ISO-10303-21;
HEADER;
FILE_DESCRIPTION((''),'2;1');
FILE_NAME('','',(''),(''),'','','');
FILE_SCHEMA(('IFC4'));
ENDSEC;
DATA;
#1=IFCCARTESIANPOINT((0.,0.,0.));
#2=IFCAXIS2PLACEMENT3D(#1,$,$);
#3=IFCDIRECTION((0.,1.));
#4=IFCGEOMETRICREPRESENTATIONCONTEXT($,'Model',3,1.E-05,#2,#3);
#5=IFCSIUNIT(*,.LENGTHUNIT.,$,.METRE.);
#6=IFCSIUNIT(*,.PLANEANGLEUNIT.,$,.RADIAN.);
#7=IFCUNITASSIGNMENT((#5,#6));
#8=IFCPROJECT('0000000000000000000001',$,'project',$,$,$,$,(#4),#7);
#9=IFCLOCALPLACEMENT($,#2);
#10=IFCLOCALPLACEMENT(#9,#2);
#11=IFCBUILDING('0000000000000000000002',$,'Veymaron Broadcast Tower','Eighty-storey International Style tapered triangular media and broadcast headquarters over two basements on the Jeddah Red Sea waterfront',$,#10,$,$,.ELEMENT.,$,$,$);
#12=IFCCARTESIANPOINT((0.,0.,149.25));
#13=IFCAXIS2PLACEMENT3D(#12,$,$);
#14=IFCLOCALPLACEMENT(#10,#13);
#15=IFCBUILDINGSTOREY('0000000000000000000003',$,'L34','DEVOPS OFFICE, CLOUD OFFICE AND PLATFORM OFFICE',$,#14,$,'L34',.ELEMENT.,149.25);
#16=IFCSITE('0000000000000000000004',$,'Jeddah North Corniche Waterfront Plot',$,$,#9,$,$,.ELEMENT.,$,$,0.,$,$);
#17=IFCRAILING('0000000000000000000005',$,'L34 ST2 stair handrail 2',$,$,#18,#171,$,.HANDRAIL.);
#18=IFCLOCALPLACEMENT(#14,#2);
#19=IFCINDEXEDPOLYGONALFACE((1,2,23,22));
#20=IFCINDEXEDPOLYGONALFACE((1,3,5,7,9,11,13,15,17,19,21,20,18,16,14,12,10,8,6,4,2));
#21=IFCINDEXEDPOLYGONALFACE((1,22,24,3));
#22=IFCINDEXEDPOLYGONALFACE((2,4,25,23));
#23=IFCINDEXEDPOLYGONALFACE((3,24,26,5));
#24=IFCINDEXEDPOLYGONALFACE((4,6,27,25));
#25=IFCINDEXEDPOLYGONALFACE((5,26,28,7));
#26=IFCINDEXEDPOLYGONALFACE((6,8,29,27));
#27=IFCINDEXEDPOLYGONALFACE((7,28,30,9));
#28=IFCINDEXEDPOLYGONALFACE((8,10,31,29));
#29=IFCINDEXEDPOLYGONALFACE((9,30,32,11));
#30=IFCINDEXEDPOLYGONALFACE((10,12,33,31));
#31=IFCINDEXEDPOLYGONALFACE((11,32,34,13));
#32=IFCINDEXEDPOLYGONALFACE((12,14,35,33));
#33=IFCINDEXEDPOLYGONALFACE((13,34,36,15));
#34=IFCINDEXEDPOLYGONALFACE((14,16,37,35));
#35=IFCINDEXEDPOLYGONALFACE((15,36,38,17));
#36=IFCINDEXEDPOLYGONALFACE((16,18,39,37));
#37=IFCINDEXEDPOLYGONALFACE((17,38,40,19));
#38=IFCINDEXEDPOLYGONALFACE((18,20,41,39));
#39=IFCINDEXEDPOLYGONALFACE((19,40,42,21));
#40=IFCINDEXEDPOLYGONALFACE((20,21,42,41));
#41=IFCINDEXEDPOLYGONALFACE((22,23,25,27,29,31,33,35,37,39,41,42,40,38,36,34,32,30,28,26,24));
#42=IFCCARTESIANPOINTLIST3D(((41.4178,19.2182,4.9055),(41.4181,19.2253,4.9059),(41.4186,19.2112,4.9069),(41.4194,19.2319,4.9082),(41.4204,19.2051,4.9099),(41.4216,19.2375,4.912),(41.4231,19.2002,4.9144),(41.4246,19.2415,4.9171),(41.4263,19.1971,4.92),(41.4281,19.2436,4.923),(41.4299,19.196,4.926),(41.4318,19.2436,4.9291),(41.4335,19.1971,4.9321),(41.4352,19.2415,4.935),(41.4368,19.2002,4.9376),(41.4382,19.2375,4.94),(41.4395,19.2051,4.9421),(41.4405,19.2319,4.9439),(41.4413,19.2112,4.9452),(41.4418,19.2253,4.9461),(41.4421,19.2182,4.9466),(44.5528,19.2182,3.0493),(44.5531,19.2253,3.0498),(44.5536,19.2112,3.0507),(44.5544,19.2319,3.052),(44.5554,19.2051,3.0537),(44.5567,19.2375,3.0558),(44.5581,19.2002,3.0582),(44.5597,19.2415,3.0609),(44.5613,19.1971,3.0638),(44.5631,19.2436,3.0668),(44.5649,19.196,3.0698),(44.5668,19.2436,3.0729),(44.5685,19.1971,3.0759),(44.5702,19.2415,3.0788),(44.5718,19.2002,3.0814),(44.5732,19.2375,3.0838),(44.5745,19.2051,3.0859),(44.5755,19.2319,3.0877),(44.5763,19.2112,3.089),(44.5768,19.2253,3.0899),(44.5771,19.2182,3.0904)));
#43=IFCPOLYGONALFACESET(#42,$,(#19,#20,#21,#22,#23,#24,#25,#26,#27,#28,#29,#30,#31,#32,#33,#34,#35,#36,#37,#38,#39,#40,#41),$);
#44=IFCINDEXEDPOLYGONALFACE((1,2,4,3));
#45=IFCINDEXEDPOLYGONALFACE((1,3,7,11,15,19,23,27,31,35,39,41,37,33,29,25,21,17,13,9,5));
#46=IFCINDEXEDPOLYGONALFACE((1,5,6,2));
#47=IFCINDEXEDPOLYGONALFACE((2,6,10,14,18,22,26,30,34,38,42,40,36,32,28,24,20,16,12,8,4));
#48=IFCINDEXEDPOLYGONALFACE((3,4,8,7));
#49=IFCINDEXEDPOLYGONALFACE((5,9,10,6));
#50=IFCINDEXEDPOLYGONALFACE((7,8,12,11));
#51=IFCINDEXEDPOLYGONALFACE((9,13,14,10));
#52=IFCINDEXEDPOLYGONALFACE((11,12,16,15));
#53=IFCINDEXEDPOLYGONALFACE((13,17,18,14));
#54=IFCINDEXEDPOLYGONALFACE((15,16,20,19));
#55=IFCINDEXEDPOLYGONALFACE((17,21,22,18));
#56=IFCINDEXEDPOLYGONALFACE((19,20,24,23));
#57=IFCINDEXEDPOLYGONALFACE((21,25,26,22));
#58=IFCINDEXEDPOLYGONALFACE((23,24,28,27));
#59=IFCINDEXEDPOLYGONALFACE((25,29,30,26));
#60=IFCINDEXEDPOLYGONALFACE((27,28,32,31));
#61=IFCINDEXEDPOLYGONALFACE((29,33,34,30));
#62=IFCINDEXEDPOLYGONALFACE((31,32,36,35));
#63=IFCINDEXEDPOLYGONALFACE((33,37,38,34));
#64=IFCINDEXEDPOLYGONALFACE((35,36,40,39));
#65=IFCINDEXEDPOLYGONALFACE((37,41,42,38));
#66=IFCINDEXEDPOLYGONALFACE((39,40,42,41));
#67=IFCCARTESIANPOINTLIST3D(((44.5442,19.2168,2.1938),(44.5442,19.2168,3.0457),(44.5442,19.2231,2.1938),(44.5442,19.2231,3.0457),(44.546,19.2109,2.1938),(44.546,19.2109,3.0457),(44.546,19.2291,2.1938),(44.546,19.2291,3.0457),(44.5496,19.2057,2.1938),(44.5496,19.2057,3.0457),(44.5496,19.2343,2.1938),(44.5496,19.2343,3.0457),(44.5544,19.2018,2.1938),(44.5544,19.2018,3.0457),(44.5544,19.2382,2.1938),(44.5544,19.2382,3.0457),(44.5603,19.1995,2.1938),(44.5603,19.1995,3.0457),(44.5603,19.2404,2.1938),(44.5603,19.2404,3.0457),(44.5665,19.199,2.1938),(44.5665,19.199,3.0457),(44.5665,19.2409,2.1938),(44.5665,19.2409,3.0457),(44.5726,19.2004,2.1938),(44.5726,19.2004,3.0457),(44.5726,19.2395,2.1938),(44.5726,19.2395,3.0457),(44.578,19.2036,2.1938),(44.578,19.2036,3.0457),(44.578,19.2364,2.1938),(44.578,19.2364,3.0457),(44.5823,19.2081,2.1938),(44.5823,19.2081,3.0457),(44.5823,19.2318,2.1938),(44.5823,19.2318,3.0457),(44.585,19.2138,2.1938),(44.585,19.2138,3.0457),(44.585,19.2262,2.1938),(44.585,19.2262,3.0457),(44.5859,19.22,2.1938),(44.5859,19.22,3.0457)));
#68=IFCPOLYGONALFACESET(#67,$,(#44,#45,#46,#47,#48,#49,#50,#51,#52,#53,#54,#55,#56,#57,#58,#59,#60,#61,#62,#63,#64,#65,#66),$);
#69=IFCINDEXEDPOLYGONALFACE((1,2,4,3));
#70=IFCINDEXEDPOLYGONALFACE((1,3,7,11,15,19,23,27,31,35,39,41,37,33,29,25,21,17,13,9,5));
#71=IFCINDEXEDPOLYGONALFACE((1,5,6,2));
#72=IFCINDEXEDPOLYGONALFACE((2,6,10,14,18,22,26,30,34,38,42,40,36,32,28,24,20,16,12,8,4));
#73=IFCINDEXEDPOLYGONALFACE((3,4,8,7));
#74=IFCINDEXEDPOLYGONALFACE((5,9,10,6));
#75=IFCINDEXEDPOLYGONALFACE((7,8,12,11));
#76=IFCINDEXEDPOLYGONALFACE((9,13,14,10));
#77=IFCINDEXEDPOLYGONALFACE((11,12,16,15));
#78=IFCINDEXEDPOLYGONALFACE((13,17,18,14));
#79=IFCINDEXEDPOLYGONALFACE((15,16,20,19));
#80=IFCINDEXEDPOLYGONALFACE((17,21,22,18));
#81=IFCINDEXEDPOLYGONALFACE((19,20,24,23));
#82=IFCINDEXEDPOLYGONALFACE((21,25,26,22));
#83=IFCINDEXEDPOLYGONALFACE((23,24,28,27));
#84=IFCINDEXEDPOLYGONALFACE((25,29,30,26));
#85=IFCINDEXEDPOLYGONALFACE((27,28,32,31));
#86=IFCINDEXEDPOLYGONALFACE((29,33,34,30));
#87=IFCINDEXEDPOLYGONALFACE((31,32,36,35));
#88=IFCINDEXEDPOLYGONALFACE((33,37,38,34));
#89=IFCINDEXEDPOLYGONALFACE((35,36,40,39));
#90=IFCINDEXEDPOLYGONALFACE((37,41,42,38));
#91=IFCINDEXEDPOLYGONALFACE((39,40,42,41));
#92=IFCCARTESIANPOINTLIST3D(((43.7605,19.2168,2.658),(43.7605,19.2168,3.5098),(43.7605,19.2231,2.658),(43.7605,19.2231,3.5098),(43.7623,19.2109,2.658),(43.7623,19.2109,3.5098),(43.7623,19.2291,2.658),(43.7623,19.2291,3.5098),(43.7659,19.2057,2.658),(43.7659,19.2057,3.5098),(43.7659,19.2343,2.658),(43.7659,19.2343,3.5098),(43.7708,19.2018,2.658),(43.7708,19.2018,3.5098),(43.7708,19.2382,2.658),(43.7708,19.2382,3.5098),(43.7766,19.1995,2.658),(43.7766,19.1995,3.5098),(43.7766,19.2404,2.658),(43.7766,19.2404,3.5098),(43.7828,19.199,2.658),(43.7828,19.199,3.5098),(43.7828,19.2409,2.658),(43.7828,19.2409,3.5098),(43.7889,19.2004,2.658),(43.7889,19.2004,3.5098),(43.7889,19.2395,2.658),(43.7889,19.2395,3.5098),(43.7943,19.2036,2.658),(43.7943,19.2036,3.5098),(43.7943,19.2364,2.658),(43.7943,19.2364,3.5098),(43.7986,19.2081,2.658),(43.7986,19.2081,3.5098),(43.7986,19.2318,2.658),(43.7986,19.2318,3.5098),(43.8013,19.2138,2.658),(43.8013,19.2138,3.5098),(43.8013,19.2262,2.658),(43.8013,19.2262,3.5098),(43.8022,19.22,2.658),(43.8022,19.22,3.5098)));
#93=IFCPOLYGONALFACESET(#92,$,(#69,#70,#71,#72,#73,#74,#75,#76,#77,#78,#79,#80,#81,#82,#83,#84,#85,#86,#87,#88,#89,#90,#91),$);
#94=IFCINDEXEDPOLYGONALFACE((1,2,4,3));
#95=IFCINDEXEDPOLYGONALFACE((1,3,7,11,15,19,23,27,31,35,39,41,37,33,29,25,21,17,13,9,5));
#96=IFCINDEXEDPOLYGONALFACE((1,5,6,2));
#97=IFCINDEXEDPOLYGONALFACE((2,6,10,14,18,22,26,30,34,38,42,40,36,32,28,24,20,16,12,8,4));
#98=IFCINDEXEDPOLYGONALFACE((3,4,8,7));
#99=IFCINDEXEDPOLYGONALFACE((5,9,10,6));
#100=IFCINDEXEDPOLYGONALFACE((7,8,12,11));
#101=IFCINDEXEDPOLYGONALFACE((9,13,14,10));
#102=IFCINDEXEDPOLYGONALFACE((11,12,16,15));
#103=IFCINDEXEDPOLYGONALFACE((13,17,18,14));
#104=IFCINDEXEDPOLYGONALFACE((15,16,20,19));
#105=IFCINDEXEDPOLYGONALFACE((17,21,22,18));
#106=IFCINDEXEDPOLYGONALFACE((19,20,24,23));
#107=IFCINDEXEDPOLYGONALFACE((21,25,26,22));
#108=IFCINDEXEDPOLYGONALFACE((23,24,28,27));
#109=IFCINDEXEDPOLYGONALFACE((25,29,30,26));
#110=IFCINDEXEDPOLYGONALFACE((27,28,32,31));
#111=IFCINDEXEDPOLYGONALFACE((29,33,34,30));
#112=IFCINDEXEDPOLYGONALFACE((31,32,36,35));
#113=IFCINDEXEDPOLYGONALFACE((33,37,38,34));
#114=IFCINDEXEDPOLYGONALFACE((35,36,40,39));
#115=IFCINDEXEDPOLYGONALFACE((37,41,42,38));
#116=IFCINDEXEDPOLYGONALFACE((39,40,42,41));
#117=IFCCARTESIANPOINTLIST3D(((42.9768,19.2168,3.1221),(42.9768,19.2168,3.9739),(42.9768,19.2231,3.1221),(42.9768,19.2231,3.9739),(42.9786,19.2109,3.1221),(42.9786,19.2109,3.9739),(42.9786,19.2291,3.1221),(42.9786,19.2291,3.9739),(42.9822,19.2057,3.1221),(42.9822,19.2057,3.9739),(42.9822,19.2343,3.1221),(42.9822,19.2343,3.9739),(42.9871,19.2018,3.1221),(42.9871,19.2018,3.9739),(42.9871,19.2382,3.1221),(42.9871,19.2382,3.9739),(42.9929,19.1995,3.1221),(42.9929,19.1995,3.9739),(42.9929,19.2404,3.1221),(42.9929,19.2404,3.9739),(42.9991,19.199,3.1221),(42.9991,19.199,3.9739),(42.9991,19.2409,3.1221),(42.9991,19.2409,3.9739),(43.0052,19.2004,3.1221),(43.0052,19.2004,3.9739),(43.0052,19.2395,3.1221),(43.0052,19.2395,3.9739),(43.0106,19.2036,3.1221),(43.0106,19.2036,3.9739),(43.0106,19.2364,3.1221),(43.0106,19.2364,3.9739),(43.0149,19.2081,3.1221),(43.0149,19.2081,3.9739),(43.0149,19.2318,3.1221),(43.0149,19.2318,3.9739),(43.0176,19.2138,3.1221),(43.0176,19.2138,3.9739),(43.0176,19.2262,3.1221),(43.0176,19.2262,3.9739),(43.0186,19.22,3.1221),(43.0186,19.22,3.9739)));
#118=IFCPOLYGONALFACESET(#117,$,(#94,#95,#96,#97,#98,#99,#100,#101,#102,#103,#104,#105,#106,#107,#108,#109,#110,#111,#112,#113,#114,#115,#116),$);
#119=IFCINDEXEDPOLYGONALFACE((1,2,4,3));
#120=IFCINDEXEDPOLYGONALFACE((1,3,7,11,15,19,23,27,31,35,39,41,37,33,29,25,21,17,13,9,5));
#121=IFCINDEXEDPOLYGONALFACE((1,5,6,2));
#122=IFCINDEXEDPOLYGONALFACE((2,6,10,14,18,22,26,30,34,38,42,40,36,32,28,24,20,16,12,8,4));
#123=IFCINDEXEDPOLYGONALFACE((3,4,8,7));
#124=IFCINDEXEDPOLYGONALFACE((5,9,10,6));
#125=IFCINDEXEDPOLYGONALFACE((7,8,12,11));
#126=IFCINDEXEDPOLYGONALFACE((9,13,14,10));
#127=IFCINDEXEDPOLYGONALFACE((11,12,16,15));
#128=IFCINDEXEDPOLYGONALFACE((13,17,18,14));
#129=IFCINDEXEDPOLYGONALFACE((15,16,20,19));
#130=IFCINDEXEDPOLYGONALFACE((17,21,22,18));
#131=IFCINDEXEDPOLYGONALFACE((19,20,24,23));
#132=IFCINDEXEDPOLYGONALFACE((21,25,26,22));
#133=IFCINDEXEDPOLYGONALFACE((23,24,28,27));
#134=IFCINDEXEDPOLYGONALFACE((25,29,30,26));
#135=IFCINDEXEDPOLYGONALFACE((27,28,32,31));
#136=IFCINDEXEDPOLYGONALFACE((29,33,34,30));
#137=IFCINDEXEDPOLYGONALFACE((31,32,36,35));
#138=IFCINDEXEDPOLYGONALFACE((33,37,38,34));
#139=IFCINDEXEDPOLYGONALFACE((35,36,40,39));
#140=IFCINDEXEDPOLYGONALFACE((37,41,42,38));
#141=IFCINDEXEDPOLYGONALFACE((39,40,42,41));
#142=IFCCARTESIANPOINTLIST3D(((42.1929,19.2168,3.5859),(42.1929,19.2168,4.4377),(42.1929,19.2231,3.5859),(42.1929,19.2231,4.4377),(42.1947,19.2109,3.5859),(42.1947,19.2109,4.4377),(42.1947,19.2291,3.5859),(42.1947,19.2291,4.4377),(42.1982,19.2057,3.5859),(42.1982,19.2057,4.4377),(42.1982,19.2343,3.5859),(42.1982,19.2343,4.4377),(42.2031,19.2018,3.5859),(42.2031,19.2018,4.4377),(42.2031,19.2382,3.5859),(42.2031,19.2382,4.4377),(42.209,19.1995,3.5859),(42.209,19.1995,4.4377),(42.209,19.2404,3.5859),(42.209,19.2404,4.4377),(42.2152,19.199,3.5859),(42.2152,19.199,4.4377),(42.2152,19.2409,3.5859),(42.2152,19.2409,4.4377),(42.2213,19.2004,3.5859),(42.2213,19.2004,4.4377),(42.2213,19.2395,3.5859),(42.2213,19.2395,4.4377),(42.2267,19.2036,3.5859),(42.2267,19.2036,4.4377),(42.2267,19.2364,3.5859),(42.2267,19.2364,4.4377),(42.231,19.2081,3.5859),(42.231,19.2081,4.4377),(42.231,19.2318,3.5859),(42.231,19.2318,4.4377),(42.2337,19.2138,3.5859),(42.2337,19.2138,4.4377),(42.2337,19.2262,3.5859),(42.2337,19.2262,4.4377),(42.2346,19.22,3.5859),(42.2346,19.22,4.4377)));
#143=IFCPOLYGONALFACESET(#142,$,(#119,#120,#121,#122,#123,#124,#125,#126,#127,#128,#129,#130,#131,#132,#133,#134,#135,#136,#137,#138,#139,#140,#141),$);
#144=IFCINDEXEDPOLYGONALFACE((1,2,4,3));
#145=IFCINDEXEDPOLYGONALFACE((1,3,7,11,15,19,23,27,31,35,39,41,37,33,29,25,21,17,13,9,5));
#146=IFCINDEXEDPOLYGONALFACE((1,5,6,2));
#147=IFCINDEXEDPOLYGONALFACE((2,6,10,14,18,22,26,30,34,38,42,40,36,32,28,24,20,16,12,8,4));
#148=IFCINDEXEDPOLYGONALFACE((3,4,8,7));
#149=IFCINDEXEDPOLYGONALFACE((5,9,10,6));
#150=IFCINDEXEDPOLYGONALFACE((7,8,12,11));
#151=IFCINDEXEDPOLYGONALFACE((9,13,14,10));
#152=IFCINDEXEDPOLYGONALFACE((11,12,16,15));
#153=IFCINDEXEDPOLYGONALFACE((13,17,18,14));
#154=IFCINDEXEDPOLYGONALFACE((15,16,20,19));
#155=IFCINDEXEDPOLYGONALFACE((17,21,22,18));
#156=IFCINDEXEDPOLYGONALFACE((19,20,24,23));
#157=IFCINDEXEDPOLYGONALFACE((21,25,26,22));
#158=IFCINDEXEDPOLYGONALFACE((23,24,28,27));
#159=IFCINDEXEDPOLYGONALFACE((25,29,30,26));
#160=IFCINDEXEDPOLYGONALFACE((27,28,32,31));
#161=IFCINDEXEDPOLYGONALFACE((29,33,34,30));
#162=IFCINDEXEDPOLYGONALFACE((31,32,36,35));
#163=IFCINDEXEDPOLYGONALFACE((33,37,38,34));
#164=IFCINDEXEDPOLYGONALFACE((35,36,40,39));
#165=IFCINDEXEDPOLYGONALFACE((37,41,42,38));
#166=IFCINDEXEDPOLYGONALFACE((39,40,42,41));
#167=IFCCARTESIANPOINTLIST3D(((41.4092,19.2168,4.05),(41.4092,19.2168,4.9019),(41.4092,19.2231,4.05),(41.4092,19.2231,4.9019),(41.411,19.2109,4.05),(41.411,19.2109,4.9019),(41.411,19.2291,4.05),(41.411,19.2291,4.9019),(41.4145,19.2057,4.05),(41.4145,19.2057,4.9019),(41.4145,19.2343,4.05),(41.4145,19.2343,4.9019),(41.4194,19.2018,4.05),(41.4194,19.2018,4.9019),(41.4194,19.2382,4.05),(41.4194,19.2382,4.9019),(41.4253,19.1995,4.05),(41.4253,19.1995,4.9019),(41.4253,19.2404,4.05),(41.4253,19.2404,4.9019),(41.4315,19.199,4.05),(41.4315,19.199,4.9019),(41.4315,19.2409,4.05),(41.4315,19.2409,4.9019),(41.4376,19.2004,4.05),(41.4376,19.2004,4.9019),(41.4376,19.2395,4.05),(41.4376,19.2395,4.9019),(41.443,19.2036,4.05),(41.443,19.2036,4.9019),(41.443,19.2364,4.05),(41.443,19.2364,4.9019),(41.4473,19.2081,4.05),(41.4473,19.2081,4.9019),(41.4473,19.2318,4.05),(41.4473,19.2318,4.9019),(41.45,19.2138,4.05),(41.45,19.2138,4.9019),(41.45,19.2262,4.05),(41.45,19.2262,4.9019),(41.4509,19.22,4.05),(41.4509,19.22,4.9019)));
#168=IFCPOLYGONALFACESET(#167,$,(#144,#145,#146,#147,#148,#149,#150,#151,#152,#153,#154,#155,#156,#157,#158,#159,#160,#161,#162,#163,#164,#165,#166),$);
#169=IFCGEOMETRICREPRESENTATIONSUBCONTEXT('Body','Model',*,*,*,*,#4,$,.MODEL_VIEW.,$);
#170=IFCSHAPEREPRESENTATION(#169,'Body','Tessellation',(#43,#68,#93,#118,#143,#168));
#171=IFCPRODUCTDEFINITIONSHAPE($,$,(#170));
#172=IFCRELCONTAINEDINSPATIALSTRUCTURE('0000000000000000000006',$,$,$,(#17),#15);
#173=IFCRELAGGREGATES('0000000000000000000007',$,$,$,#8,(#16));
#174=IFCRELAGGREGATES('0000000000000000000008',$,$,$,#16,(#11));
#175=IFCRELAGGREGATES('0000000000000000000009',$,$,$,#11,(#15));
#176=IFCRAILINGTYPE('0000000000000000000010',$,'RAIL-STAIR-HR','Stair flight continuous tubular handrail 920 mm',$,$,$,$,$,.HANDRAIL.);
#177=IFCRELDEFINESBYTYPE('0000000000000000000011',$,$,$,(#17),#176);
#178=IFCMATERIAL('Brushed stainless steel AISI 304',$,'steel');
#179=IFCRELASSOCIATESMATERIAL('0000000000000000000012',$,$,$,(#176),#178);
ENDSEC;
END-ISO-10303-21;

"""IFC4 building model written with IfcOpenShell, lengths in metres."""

from ifc_helpers import new_model, si_unit, direction, frame, origin, origin_2d, place, context, subcontext, project, spatial, circle, extrude, material, type_object, element, save


model = new_model("IFC4")

# Units and contexts
model_context = context("Model", 3, precision=1e-05, world=origin(), true_north=direction((0.0, 1.0)))
body_context = subcontext(model_context, "Body", "Model", "MODEL_VIEW")
ifc_project = project(units=[si_unit("LENGTHUNIT", "METRE"), si_unit("PLANEANGLEUNIT", "RADIAN")], contexts=[model_context])

# Site, building, storey
site_placement = place(None, origin())
site = spatial("IfcSite", under=ifc_project, at=site_placement, Name="Jeddah North Corniche Waterfront Plot", CompositionType="ELEMENT", RefElevation=0.0)
building_placement = place(site_placement, origin())
building = spatial("IfcBuilding", under=site, at=building_placement, Name="Veymaron Broadcast Tower", Description="Eighty-storey International Style tapered triangular media and broadcast headquarters over two basements on the Jeddah Red Sea waterfront", CompositionType="ELEMENT")
storey_placement = place(building_placement, frame((0.0, 0.0, 149.25)))
storey = spatial("IfcBuildingStorey", under=building, at=storey_placement, Name="L34", Description="DEVOPS OFFICE, CLOUD OFFICE AND PLATFORM OFFICE", LongName="L34", CompositionType="ELEMENT", Elevation=149.25)

# Railing
ifc_material_1 = material(Name="Brushed stainless steel AISI 304", Category="steel")
railing_type_1 = type_object("IfcRailingType", Name="RAIL-STAIR-HR", Description="Stair flight continuous tubular handrail 920 mm", PredefinedType="HANDRAIL", material=ifc_material_1)
railing_1_placement = place(storey_placement, frame((44.5649, 19.22, 2.1938)))
element("IfcRailing", 1, at=railing_1_placement, inside=storey, type_object=railing_type_1, Name="L34 ST2 stair handrail 2", PredefinedType="HANDRAIL", context=body_context, shape_type="SweptSolid", body=[
    extrude(circle(Radius=0.0239, at=origin_2d()), frame((0.0, 0.0, 0.876), z_axis=(-0.860482, 0.0, 0.509481), x_axis=(0.0, -1.0, 0.0)), (0.0, 0.0, 1.0), 3.6433),
    extrude(circle(Radius=0.021, at=origin_2d()), origin(), (0.0, 0.0, 1.0), 0.8518),
    extrude(circle(Radius=0.021, at=origin_2d()), frame((-0.7837, 0.0, 0.4641)), (0.0, 0.0, 1.0), 0.8518),
    extrude(circle(Radius=0.021, at=origin_2d()), frame((-1.5674, 0.0, 0.9282)), (0.0, 0.0, 1.0), 0.8518),
    extrude(circle(Radius=0.021, at=origin_2d()), frame((-2.3513, 0.0, 1.3921)), (0.0, 0.0, 1.0), 0.8518),
    extrude(circle(Radius=0.021, at=origin_2d()), frame((-3.135, 0.0, 1.8562)), (0.0, 0.0, 1.0), 0.8518),
])

save(model, "model.ifc")
